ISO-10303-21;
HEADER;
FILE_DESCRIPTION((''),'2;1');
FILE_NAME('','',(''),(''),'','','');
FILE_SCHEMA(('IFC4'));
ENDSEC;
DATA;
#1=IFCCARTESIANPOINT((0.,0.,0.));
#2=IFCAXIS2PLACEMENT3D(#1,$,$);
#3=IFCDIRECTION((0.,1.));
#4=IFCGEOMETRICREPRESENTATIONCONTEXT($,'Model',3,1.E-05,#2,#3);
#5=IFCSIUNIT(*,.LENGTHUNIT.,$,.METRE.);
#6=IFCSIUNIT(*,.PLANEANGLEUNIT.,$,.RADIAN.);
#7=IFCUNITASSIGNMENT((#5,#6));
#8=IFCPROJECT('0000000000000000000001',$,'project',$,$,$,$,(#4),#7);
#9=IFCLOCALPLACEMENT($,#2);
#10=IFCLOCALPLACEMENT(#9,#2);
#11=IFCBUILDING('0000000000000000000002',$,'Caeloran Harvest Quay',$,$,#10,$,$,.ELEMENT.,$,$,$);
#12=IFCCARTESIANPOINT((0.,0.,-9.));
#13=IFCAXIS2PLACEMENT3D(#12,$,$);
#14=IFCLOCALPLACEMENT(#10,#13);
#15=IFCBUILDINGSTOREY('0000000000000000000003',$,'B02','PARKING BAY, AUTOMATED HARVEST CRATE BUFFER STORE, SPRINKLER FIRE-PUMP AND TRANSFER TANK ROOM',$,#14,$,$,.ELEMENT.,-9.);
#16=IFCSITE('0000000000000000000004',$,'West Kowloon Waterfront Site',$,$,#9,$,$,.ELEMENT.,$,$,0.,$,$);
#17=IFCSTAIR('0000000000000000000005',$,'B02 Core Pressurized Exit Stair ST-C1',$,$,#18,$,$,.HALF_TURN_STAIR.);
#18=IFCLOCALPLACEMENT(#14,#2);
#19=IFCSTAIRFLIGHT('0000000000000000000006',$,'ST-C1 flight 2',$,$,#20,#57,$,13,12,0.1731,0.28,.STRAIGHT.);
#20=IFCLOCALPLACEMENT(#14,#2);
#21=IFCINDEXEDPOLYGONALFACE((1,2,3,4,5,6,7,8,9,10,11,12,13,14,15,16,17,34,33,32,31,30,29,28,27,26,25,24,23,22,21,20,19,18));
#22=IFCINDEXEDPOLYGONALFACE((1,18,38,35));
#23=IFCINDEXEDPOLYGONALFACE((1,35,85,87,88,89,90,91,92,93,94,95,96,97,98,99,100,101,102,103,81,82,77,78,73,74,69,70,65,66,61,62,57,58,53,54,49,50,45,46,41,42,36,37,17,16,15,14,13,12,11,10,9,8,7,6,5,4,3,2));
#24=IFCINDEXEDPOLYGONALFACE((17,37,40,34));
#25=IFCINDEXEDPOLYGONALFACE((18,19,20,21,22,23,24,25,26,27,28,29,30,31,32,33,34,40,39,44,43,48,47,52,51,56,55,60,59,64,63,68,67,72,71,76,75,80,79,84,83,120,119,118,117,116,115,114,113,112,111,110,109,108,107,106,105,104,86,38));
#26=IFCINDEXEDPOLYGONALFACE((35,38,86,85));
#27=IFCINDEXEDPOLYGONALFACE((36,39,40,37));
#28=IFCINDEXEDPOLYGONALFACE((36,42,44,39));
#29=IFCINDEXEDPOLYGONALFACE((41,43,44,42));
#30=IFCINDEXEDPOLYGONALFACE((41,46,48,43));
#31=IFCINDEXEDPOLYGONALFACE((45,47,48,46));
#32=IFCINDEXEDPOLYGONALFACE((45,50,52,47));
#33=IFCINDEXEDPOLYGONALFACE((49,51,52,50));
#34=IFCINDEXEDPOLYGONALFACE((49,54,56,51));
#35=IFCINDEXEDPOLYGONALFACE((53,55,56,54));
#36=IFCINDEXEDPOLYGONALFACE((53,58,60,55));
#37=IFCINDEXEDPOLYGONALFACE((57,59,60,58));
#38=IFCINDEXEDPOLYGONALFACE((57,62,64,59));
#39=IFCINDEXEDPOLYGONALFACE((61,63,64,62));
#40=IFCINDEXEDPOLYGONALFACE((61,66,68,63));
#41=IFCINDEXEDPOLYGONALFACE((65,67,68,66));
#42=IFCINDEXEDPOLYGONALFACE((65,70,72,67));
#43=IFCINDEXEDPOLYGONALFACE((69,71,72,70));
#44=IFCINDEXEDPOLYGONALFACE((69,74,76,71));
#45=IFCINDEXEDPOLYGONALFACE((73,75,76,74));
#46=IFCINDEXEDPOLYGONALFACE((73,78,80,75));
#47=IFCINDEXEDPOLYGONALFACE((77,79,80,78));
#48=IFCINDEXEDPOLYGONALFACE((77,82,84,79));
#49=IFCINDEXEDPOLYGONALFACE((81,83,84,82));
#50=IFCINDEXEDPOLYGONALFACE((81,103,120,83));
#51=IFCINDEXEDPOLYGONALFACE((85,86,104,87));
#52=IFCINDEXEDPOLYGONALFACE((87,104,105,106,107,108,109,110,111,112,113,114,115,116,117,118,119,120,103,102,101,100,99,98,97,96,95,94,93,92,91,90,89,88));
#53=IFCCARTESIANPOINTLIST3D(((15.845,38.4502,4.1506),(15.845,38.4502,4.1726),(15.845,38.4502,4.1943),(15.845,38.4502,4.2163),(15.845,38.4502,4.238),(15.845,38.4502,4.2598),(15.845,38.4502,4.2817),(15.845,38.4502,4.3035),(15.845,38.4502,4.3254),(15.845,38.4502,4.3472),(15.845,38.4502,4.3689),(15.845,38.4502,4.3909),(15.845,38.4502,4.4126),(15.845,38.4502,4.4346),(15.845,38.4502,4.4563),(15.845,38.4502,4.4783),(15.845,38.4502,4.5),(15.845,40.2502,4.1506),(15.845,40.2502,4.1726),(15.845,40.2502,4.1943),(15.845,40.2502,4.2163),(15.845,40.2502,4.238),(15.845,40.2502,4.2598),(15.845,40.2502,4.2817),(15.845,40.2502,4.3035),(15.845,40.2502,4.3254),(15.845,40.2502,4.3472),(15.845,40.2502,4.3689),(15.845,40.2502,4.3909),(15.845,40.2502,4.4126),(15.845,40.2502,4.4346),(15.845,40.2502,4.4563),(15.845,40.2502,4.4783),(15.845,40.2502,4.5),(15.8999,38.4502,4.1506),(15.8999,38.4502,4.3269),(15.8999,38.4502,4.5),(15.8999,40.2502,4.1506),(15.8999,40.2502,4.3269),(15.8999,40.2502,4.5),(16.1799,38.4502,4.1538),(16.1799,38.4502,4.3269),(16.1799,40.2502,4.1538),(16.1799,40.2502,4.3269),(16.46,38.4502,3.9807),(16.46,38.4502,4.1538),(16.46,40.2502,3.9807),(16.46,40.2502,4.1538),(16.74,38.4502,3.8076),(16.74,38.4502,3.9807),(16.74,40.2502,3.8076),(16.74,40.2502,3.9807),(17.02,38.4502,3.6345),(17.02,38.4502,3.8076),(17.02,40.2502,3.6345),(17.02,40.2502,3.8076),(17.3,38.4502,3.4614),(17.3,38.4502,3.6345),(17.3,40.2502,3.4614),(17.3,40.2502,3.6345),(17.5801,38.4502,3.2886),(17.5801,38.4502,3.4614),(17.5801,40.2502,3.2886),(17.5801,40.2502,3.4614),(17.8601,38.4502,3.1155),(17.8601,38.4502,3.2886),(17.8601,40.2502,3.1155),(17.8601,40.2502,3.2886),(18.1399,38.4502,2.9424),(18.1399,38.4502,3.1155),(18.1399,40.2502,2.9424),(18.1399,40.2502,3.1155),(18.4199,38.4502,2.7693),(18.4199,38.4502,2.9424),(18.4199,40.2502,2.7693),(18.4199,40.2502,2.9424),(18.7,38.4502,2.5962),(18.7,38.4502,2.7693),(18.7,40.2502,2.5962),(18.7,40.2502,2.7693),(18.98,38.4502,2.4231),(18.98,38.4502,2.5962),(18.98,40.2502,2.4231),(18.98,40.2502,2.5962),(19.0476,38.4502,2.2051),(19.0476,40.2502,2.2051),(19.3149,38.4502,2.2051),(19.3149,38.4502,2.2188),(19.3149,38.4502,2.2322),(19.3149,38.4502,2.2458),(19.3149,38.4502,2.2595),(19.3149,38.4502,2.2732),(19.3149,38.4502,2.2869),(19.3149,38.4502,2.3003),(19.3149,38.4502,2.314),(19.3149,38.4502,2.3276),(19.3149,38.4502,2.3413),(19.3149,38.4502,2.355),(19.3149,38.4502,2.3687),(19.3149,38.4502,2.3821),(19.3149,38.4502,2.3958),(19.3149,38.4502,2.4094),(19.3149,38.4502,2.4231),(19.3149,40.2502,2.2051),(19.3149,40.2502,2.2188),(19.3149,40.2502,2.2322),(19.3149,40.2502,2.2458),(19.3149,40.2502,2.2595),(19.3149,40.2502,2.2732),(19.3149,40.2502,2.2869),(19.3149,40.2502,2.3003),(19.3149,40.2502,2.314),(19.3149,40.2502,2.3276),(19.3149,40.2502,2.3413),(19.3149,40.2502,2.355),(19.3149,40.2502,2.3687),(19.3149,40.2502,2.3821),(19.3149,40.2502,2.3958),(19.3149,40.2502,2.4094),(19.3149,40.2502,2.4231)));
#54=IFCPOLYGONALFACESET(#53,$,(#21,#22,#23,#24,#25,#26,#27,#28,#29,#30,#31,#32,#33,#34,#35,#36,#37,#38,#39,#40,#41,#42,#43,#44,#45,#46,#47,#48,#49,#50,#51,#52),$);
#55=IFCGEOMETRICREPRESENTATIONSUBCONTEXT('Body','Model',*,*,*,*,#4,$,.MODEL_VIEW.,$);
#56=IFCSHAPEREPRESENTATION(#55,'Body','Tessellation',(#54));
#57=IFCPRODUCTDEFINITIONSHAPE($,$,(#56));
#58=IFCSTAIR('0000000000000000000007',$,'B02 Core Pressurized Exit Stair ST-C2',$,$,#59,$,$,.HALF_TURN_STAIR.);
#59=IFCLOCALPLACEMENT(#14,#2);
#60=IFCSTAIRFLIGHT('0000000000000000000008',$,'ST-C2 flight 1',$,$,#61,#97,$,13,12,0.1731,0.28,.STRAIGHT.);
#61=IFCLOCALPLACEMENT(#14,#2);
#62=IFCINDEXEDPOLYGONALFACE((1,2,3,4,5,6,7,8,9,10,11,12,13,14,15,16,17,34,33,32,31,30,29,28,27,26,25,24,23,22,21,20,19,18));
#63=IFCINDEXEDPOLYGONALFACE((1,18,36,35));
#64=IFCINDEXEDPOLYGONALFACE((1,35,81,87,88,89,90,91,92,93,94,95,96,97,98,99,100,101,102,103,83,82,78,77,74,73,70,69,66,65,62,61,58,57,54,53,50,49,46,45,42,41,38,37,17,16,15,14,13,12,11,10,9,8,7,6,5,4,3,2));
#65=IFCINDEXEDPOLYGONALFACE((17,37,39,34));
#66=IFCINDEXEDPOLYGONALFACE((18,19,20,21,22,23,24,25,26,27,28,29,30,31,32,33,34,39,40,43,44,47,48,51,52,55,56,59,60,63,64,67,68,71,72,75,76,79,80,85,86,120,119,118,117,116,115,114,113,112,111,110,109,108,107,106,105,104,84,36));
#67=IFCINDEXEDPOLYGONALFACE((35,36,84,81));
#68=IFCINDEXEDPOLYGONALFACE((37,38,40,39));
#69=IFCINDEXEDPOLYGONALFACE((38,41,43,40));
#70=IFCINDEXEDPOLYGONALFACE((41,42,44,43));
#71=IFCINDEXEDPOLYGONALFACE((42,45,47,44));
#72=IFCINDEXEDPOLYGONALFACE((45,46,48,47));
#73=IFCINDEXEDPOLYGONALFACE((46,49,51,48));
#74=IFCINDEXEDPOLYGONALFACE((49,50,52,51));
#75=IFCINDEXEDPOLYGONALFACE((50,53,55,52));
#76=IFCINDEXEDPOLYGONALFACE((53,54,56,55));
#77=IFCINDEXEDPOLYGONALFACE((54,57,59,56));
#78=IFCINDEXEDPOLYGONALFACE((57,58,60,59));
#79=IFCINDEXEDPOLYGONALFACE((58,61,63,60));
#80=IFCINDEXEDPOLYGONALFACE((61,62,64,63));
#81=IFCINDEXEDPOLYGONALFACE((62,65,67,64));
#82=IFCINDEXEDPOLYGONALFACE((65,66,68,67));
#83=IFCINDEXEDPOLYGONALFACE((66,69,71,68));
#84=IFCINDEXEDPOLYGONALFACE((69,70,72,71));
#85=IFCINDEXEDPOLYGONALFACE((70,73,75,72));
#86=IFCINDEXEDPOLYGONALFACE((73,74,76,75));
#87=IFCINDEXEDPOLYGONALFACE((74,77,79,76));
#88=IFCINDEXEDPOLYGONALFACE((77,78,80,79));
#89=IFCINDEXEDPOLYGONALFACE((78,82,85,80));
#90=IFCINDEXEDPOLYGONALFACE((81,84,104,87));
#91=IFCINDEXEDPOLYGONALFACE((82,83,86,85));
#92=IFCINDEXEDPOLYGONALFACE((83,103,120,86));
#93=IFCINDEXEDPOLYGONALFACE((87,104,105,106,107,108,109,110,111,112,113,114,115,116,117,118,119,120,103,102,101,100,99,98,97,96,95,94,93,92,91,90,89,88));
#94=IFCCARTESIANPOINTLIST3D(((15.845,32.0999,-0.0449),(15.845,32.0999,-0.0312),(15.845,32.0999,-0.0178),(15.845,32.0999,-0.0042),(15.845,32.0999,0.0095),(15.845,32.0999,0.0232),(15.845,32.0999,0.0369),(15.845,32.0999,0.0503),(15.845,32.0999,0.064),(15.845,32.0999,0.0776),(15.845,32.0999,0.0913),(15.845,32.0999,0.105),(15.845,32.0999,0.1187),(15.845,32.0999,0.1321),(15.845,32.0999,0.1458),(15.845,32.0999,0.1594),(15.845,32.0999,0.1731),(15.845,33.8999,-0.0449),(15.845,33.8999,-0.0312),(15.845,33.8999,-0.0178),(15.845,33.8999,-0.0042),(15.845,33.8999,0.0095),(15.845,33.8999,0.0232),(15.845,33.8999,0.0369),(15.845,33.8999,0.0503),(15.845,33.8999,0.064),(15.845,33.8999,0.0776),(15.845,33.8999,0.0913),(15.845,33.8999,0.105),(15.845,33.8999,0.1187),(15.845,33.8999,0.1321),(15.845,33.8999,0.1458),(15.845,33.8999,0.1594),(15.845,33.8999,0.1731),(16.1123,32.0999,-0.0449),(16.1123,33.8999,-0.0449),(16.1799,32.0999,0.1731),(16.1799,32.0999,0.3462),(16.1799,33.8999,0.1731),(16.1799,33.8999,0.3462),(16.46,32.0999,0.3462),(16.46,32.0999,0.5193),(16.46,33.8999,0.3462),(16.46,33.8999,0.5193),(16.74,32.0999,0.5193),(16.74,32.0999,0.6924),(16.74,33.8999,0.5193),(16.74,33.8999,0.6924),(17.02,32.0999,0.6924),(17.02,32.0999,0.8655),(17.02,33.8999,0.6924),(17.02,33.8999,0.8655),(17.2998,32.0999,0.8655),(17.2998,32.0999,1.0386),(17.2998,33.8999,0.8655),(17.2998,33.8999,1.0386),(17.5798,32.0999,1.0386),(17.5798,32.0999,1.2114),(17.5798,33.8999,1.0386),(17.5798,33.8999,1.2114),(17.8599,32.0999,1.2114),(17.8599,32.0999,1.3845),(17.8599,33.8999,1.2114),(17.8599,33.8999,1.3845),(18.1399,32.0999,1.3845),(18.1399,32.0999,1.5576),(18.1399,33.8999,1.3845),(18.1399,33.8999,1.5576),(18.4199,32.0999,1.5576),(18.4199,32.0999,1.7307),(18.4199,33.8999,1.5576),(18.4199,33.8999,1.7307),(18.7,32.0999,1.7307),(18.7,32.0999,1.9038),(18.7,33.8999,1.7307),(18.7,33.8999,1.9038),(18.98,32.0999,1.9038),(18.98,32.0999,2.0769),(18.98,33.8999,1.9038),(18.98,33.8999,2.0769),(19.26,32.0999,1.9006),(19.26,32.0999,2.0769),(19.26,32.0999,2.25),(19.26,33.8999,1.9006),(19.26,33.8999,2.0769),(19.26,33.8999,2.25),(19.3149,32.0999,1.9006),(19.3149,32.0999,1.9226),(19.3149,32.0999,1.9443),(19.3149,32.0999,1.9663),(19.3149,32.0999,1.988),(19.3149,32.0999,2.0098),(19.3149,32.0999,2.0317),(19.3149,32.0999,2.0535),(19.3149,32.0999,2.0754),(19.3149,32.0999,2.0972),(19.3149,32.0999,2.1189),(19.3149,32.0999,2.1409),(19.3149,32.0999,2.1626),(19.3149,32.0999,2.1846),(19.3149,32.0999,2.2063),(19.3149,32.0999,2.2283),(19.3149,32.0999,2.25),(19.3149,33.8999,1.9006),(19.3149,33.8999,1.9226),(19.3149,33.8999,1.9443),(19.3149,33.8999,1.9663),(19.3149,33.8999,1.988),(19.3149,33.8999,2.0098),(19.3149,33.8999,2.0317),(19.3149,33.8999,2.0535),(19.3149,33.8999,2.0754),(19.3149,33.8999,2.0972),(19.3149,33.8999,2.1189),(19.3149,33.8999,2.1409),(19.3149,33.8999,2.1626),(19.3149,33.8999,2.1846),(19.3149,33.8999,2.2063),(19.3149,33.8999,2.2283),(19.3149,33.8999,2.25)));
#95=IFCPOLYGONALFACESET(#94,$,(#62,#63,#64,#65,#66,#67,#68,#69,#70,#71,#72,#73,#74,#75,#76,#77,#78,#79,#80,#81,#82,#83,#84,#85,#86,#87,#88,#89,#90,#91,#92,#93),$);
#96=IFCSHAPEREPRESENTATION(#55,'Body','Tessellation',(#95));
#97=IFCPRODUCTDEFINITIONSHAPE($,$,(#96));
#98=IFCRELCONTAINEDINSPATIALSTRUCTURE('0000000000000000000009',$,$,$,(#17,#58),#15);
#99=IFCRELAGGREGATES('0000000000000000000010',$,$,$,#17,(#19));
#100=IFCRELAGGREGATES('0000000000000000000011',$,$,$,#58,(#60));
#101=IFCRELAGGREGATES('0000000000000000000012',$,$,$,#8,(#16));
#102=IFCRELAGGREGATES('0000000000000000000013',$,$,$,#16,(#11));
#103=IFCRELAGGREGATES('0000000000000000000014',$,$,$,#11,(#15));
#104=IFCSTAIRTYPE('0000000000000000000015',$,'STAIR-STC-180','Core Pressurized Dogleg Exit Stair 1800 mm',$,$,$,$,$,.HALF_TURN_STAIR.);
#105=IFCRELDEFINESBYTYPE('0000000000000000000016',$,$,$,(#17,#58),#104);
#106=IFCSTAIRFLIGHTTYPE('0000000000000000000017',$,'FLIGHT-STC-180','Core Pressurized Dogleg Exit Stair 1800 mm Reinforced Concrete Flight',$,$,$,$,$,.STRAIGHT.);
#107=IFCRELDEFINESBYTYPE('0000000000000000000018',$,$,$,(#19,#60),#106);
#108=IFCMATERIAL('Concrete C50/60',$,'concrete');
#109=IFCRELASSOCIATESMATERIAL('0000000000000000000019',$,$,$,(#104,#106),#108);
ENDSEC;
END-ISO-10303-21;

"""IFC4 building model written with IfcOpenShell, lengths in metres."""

from ifc_helpers import new_model, si_unit, direction, frame, origin, place, context, subcontext, project, spatial, polyline, outline, extrude, material, type_object, element, aggregate, save


model = new_model("IFC4")

# Units and contexts
model_context = context("Model", 3, precision=1e-05, world=origin(), true_north=direction((0.0, 1.0)))
body_context = subcontext(model_context, "Body", "Model", "MODEL_VIEW")
ifc_project = project(units=[si_unit("LENGTHUNIT", "METRE"), si_unit("PLANEANGLEUNIT", "RADIAN")], contexts=[model_context])

# Site, building, storey
site_placement = place(None, origin())
site = spatial("IfcSite", under=ifc_project, at=site_placement, Name="West Kowloon Waterfront Site", CompositionType="ELEMENT", RefElevation=0.0)
building_placement = place(site_placement, origin())
building = spatial("IfcBuilding", under=site, at=building_placement, Name="Caeloran Harvest Quay", CompositionType="ELEMENT")
storey_placement = place(building_placement, frame((0.0, 0.0, -9.0)))
storey = spatial("IfcBuildingStorey", under=building, at=storey_placement, Name="B02", Description="PARKING BAY, AUTOMATED HARVEST CRATE BUFFER STORE, SPRINKLER FIRE-PUMP AND TRANSFER TANK ROOM", CompositionType="ELEMENT", Elevation=-9.0)

# Shared definitions
ifc_material_1 = material(Name="Concrete C50/60", Category="concrete")

# Stairs, stair flights
stair_type = type_object("IfcStairType", Name="STAIR-STC-180", Description="Core Pressurized Dogleg Exit Stair 1800 mm", PredefinedType="HALF_TURN_STAIR", material=ifc_material_1)
stair_1_placement = place(storey_placement, origin())
stair_1 = element("IfcStair", 1, at=stair_1_placement, inside=storey, type_object=stair_type, Name="B02 Core Pressurized Exit Stair ST-C1", PredefinedType="HALF_TURN_STAIR")
stair_flight_type = type_object("IfcStairFlightType", Name="FLIGHT-STC-180", Description="Core Pressurized Dogleg Exit Stair 1800 mm Reinforced Concrete Flight", PredefinedType="STRAIGHT", material=ifc_material_1)
stair_flight_1_placement = place(storey_placement, frame((19.26, 39.3501, 2.25), z_axis=(0.0, 0.0, 1.0), x_axis=(-1.0, 0.0, 0.0)))
stair_flight_1 = element("IfcStairFlight", 2, at=stair_flight_1_placement, type_object=stair_flight_type, Name="ST-C1 flight 2", NumberOfRisers=13, NumberOfTreads=12, PredefinedType="STRAIGHT", RiserHeight=0.1731, TreadLength=0.28, context=body_context, shape_type="SweptSolid", body=[
    extrude(outline(polyline([(-0.0549, -0.0449), (-0.0549, -0.0312), (-0.0549, -0.0178), (-0.0549, -0.0042), (-0.0549, 0.0095), (-0.0549, 0.0232), (-0.0549, 0.0369), (-0.0549, 0.0503), (-0.0549, 0.064), (-0.0549, 0.0776), (-0.0549, 0.0913), (-0.0549, 0.105), (-0.0549, 0.1187), (-0.0549, 0.1321), (-0.0549, 0.1458), (-0.0549, 0.1594), (-0.0549, 0.1731), (0.28, 0.1731), (0.28, 0.3462), (0.5601, 0.3462), (0.5601, 0.5193), (0.8401, 0.5193), (0.8401, 0.6924), (1.1201, 0.6924), (1.1201, 0.8655), (1.3999, 0.8655), (1.3999, 1.0386), (1.6799, 1.0386), (1.6799, 1.2114), (1.96, 1.2114), (1.96, 1.3845), (2.24, 1.3845), (2.24, 1.5576), (2.52, 1.5576), (2.52, 1.7307), (2.8, 1.7307), (2.8, 1.9038), (3.0801, 1.9038), (3.0801, 2.0769), (3.3601, 2.0769), (3.3601, 2.25), (3.415, 2.25), (3.415, 2.2283), (3.415, 2.2063), (3.415, 2.1846), (3.415, 2.1626), (3.415, 2.1409), (3.415, 2.1189), (3.415, 2.0972), (3.415, 2.0754), (3.415, 2.0535), (3.415, 2.0317), (3.415, 2.0098), (3.415, 1.988), (3.415, 1.9663), (3.415, 1.9443), (3.415, 1.9226), (3.415, 1.9006), (3.3601, 1.9006), (0.2124, -0.0449), (-0.0549, -0.0449)])), frame((0.0, 0.8999, 0.0), z_axis=(0.0, -1.0, 0.0), x_axis=(1.0, 0.0, 0.0)), (0.0, 0.0, 1.0), 1.8),
])
aggregate(stair_1, [stair_flight_1])
stair_2_placement = place(storey_placement, origin())
stair_2 = element("IfcStair", 3, at=stair_2_placement, inside=storey, type_object=stair_type, Name="B02 Core Pressurized Exit Stair ST-C2", PredefinedType="HALF_TURN_STAIR")
stair_flight_2_placement = place(storey_placement, frame((15.8999, 33.0, 0.0), z_axis=(0.0, 0.0, 1.0), x_axis=(1.0, 0.0, 0.0)))
stair_flight_2 = element("IfcStairFlight", 4, at=stair_flight_2_placement, type_object=stair_flight_type, Name="ST-C2 flight 1", NumberOfRisers=13, NumberOfTreads=12, PredefinedType="STRAIGHT", RiserHeight=0.1731, TreadLength=0.28, context=body_context, shape_type="SweptSolid", body=[
    extrude(outline(polyline([(-0.0549, -0.0449), (-0.0549, -0.0312), (-0.0549, -0.0178), (-0.0549, -0.0042), (-0.0549, 0.0095), (-0.0549, 0.0232), (-0.0549, 0.0369), (-0.0549, 0.0503), (-0.0549, 0.064), (-0.0549, 0.0776), (-0.0549, 0.0913), (-0.0549, 0.105), (-0.0549, 0.1187), (-0.0549, 0.1321), (-0.0549, 0.1458), (-0.0549, 0.1594), (-0.0549, 0.1731), (0.28, 0.1731), (0.28, 0.3462), (0.5601, 0.3462), (0.5601, 0.5193), (0.8401, 0.5193), (0.8401, 0.6924), (1.1201, 0.6924), (1.1201, 0.8655), (1.3999, 0.8655), (1.3999, 1.0386), (1.6799, 1.0386), (1.6799, 1.2114), (1.96, 1.2114), (1.96, 1.3845), (2.24, 1.3845), (2.24, 1.5576), (2.52, 1.5576), (2.52, 1.7307), (2.8, 1.7307), (2.8, 1.9038), (3.0801, 1.9038), (3.0801, 2.0769), (3.3601, 2.0769), (3.3601, 2.25), (3.415, 2.25), (3.415, 2.2283), (3.415, 2.2063), (3.415, 2.1846), (3.415, 2.1626), (3.415, 2.1409), (3.415, 2.1189), (3.415, 2.0972), (3.415, 2.0754), (3.415, 2.0535), (3.415, 2.0317), (3.415, 2.0098), (3.415, 1.988), (3.415, 1.9663), (3.415, 1.9443), (3.415, 1.9226), (3.415, 1.9006), (3.3601, 1.9006), (0.2124, -0.0449), (-0.0549, -0.0449)])), frame((0.0, 0.8999, 0.0), z_axis=(0.0, -1.0, 0.0), x_axis=(1.0, 0.0, 0.0)), (0.0, 0.0, 1.0), 1.8),
])
aggregate(stair_2, [stair_flight_2])

save(model, "model.ifc")
